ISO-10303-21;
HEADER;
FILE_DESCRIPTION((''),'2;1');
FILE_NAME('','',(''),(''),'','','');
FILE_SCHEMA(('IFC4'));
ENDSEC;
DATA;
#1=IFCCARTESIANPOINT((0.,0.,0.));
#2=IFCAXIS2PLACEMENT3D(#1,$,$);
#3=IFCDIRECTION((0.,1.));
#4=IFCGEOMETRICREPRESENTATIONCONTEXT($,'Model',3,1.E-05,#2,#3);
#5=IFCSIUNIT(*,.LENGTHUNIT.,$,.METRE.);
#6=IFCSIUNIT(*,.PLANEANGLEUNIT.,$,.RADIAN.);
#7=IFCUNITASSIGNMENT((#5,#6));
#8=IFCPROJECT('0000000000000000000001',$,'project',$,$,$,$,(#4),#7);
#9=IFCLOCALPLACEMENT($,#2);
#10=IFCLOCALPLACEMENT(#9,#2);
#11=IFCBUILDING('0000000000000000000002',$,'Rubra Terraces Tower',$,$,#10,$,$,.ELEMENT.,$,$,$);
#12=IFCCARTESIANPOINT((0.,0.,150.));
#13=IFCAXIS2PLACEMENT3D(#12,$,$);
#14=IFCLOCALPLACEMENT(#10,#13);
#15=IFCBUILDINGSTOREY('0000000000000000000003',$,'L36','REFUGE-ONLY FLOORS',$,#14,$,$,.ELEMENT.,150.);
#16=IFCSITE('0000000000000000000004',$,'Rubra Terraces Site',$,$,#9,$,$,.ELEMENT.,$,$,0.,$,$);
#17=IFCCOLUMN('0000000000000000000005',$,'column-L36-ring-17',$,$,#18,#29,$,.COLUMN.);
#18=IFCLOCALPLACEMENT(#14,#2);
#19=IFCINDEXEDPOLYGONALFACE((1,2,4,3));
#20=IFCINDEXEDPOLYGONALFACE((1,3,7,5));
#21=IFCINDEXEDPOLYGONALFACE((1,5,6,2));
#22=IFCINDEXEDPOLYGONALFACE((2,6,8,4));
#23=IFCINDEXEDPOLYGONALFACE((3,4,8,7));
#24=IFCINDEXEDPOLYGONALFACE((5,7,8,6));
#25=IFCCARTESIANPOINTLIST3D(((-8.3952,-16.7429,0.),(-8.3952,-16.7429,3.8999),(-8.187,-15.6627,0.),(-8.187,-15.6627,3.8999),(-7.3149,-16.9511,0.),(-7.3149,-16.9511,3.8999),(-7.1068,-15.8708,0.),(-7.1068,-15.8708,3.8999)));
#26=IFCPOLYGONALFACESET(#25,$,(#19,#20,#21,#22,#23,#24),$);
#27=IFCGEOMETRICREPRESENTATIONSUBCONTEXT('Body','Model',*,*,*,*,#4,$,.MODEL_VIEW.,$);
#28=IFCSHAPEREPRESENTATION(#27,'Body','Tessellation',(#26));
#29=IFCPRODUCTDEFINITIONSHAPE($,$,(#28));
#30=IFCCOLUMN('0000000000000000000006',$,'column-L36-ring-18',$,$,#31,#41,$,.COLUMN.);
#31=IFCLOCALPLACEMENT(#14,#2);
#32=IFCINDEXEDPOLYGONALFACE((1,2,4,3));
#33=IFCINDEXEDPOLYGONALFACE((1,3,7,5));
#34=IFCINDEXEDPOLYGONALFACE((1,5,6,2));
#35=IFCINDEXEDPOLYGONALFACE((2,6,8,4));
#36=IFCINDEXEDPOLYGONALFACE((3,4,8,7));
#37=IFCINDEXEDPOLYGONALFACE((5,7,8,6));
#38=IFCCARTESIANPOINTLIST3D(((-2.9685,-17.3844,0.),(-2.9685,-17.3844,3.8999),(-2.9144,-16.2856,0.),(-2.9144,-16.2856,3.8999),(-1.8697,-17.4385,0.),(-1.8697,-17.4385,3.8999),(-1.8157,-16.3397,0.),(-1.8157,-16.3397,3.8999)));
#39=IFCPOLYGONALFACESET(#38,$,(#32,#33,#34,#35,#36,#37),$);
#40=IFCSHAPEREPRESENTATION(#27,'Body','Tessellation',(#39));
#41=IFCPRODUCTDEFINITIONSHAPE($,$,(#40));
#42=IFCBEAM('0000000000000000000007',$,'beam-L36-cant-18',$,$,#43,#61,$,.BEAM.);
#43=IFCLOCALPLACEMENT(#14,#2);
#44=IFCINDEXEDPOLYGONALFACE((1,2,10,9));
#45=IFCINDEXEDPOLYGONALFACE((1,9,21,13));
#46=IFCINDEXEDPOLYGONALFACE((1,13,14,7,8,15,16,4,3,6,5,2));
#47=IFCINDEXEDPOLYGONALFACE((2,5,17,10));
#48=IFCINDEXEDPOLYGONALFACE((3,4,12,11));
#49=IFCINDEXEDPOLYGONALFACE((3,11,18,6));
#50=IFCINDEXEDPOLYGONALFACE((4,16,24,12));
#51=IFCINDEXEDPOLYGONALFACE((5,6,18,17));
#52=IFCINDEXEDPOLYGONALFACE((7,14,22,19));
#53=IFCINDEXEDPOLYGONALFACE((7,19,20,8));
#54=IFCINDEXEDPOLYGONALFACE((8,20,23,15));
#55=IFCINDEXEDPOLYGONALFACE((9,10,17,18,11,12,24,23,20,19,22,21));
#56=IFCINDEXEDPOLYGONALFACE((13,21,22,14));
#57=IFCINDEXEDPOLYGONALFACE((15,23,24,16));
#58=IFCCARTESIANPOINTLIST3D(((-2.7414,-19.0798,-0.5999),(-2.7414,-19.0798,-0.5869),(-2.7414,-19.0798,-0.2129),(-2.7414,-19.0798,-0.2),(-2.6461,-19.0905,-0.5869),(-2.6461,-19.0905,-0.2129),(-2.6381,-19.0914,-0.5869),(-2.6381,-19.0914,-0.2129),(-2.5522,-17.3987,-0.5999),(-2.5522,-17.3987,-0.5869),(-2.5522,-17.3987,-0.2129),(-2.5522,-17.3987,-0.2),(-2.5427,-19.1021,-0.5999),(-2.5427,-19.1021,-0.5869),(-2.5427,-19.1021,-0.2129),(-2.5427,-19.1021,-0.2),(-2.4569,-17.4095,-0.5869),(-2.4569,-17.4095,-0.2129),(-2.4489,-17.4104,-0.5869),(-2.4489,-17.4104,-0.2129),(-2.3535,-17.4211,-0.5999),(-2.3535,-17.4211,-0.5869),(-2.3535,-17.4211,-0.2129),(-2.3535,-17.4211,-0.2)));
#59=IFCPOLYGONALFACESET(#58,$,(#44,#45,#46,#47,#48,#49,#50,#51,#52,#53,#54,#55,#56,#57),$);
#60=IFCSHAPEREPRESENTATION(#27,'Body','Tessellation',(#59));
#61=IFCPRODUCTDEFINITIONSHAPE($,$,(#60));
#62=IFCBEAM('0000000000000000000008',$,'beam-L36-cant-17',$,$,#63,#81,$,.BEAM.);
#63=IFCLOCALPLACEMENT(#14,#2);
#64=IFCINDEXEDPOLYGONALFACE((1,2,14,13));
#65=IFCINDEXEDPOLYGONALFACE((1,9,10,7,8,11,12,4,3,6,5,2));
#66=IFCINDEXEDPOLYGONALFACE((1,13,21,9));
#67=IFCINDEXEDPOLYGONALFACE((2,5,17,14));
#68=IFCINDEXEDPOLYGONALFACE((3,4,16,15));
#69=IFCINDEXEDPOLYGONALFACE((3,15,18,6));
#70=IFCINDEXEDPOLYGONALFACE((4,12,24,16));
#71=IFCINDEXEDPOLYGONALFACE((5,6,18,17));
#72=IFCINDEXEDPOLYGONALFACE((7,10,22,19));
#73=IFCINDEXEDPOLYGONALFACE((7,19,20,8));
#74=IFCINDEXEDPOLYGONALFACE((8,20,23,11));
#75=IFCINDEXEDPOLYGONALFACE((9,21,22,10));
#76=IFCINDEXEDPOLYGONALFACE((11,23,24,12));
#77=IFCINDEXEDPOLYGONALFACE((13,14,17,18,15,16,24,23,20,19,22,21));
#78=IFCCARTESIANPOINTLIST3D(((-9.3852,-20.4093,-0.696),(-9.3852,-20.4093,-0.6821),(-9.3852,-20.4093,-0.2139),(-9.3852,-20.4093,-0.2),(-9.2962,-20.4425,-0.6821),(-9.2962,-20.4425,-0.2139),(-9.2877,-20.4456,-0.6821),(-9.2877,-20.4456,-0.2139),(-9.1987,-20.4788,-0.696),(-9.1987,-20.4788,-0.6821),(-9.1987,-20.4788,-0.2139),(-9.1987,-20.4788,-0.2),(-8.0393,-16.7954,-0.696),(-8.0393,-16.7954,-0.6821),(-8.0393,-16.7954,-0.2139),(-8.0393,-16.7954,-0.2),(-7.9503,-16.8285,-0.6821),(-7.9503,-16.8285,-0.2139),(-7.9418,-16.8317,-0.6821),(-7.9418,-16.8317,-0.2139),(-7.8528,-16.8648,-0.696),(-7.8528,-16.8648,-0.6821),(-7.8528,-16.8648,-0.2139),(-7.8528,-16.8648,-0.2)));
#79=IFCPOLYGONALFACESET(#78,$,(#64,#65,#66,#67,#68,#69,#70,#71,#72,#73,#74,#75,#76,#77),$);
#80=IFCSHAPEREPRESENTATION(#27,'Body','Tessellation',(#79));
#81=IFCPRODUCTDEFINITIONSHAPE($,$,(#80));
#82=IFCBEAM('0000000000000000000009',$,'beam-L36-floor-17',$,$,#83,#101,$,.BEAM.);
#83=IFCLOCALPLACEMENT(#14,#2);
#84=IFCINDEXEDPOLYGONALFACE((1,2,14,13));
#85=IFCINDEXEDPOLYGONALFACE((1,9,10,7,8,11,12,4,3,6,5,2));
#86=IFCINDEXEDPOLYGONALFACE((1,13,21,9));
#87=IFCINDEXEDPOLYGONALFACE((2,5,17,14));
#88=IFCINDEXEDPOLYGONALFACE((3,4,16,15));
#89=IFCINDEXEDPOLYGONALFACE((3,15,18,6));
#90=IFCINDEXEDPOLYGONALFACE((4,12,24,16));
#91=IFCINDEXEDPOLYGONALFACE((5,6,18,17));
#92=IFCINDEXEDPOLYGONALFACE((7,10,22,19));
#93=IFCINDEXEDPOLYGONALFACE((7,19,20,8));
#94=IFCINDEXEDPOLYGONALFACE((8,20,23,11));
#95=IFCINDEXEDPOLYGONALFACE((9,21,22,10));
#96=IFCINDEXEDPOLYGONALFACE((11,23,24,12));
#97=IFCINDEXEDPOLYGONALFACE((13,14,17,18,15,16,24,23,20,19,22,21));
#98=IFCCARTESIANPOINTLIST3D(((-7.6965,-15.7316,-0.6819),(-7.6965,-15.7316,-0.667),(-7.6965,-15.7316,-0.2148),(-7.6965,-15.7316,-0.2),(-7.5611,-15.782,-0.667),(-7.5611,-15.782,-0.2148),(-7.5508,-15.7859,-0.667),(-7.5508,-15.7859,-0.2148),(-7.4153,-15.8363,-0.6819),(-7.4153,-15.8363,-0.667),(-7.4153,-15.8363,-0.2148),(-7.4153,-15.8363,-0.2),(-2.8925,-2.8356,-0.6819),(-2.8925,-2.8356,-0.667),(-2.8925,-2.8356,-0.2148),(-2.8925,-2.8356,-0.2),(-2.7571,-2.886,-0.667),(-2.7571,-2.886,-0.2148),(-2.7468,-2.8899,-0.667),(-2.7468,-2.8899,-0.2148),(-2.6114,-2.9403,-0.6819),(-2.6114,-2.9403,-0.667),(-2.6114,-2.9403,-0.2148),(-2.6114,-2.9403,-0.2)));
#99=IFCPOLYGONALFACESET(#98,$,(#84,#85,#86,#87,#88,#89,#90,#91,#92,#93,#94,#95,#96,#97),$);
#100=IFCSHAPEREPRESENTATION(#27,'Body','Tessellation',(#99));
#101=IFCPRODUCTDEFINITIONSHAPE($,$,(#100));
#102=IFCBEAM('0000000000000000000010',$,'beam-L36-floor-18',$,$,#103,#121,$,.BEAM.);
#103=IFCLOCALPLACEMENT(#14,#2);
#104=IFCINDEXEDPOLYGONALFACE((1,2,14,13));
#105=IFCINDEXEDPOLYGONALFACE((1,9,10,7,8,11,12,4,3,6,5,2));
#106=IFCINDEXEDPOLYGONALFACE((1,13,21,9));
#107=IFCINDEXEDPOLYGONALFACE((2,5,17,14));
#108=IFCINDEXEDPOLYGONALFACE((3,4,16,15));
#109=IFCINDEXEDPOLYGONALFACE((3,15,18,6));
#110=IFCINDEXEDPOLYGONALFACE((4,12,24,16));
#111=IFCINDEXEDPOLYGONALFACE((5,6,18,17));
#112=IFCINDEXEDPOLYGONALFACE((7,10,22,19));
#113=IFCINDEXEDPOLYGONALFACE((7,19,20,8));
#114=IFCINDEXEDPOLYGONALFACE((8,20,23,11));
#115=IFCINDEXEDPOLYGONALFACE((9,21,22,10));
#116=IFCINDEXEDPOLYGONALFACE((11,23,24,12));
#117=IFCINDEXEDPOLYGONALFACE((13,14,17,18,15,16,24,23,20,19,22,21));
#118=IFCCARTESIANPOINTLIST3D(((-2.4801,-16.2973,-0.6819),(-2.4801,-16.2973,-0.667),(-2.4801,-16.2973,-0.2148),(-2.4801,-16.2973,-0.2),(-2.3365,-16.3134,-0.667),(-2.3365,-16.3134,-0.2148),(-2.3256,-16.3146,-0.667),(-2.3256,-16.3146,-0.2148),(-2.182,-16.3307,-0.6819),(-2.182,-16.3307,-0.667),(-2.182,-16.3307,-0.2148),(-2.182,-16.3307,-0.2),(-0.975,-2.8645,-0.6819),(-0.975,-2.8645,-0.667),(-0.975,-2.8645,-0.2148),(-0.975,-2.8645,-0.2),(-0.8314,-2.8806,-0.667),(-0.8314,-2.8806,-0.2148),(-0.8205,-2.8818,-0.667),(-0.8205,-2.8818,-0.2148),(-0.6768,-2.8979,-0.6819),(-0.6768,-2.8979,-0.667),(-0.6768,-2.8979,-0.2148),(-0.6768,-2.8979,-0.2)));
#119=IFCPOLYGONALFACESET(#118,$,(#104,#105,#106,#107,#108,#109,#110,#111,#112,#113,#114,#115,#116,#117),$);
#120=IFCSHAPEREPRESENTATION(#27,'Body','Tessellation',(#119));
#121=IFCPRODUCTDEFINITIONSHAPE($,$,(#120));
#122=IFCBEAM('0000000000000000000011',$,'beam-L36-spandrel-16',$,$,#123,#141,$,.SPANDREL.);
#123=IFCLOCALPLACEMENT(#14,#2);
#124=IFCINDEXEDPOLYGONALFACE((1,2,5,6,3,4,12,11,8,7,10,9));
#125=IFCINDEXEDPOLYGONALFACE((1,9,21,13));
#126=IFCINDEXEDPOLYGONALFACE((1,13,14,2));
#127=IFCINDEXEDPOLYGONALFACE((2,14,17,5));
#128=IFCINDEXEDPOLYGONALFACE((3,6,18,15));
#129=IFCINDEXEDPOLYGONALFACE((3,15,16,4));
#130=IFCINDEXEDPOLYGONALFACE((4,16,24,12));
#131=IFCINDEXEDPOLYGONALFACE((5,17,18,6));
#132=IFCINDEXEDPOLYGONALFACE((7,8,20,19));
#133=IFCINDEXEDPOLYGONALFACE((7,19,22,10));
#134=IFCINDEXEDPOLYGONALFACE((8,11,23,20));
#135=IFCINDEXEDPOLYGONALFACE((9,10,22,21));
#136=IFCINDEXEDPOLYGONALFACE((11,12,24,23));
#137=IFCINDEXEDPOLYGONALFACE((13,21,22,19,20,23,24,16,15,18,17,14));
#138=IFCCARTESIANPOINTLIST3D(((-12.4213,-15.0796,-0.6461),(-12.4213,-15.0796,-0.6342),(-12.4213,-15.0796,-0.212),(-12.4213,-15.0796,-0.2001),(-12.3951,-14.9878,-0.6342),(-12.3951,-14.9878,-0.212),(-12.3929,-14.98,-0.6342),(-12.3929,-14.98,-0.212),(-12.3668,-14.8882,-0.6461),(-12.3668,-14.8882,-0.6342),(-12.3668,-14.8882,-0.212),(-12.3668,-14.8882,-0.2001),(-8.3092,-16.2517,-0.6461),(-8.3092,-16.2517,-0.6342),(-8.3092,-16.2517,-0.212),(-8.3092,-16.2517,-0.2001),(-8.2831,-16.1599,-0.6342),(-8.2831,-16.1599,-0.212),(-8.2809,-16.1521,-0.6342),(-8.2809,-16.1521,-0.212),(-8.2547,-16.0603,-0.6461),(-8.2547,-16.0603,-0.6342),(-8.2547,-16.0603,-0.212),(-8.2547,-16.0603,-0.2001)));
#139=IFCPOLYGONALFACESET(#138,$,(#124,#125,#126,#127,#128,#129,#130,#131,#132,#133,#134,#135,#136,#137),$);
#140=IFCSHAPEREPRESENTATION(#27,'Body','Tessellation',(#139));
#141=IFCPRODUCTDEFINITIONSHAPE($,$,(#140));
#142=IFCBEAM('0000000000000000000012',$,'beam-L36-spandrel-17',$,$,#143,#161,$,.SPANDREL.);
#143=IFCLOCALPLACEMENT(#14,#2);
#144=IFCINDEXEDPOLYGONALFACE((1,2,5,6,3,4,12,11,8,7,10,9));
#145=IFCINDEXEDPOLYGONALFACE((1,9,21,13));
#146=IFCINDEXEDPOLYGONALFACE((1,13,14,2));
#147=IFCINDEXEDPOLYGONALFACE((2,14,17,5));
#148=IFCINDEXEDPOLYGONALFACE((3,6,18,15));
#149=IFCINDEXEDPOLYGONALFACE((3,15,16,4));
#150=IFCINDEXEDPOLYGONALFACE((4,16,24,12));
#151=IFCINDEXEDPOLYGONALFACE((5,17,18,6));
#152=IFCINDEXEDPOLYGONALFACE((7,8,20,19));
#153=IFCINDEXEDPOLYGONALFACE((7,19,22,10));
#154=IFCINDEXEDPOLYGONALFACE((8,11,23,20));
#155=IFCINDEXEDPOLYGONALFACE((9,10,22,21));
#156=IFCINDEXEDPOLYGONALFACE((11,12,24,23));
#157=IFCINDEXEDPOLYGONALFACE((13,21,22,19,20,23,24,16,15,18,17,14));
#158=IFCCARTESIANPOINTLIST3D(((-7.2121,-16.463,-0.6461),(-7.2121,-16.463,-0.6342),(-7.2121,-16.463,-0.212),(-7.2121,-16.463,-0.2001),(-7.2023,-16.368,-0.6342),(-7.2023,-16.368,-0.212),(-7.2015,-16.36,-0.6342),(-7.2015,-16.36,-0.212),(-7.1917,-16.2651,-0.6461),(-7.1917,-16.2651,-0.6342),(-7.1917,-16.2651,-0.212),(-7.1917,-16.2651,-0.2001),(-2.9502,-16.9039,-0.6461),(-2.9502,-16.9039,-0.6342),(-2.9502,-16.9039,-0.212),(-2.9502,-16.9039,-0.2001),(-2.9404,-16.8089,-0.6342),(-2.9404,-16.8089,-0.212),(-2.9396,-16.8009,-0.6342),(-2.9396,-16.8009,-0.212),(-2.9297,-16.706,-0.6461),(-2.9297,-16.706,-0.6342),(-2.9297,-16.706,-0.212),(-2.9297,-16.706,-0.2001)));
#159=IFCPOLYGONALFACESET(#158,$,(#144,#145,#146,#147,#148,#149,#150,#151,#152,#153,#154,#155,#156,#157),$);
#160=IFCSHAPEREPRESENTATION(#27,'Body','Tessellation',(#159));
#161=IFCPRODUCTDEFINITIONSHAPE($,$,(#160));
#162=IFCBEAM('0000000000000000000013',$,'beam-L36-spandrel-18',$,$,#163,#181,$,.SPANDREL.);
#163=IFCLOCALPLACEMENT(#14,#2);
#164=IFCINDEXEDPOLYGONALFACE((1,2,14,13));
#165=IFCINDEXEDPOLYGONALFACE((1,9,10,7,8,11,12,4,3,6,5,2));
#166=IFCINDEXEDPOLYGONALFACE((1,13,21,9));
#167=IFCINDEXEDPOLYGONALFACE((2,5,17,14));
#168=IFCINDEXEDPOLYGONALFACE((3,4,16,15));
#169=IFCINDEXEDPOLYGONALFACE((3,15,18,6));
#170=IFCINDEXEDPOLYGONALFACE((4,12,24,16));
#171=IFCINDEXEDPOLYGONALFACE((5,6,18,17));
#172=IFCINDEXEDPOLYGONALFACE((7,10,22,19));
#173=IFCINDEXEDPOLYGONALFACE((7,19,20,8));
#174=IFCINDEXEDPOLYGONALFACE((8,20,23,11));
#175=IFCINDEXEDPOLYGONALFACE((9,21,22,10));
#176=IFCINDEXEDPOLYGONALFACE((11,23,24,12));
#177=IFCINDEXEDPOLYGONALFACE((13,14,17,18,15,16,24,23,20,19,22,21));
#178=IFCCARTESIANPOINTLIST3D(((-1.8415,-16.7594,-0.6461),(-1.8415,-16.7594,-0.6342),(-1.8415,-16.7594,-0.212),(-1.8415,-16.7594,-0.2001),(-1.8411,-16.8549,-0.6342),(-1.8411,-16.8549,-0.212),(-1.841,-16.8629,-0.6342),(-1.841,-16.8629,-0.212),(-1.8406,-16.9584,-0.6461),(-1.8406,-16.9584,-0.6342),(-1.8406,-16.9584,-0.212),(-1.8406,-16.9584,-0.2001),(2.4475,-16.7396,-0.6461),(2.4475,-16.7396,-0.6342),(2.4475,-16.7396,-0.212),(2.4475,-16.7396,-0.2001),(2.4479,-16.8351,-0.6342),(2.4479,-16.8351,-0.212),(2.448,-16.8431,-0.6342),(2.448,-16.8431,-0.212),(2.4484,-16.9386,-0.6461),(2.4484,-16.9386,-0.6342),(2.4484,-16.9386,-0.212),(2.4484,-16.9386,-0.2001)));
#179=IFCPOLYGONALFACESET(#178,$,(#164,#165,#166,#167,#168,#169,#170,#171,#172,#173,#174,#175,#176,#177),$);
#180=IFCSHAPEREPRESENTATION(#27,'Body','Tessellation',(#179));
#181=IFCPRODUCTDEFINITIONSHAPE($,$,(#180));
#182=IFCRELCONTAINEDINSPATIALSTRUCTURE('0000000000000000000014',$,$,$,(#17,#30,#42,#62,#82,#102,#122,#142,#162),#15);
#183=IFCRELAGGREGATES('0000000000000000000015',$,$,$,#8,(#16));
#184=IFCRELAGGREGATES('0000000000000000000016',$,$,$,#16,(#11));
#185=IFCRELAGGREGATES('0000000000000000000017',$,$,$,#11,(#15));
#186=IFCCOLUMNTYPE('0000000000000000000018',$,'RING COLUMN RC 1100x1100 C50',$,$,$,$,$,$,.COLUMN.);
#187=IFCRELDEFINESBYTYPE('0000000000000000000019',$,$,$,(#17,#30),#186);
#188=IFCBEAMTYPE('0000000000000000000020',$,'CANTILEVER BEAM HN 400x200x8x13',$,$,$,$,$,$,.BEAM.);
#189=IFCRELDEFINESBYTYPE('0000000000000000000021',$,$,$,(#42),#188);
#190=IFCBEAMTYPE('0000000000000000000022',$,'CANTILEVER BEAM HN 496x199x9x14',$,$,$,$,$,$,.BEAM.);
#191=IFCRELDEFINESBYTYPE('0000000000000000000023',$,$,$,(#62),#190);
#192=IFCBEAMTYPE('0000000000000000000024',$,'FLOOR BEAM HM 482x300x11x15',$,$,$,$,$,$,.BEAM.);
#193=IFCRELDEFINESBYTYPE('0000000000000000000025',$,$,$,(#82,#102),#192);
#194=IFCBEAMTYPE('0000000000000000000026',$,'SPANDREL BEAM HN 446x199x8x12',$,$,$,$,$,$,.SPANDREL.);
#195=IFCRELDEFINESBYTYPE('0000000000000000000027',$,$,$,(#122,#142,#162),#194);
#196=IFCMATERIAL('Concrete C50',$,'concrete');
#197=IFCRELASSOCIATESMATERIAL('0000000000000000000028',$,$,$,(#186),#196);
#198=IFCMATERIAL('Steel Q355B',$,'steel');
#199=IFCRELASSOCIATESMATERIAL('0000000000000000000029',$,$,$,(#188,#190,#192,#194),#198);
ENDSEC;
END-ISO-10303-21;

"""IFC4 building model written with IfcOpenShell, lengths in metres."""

from ifc_helpers import new_model, si_unit, direction, frame, origin, origin_2d, place, context, subcontext, project, spatial, rectangle, i_section, extrude, material, material_profile, profile_set, type_object, element, save


model = new_model("IFC4")

# Units and contexts
model_context = context("Model", 3, precision=1e-05, world=origin(), true_north=direction((0.0, 1.0)))
body_context = subcontext(model_context, "Body", "Model", "MODEL_VIEW")
ifc_project = project(units=[si_unit("LENGTHUNIT", "METRE"), si_unit("PLANEANGLEUNIT", "RADIAN")], contexts=[model_context])

# Site, building, storey
site_placement = place(None, origin())
site = spatial("IfcSite", under=ifc_project, at=site_placement, Name="Rubra Terraces Site", CompositionType="ELEMENT", RefElevation=0.0)
building_placement = place(site_placement, origin())
building = spatial("IfcBuilding", under=site, at=building_placement, Name="Rubra Terraces Tower", CompositionType="ELEMENT")
storey_placement = place(building_placement, frame((0.0, 0.0, 150.0)))
storey = spatial("IfcBuildingStorey", under=building, at=storey_placement, Name="L36", Description="REFUGE-ONLY FLOORS", CompositionType="ELEMENT", Elevation=150.0)

# Columns
ifc_material_1 = material(Name="Concrete C50", Category="concrete")
ifc_material_profile_1 = material_profile(ifc_material_1, rectangle(XDim=1.1001, YDim=1.1001, at=origin_2d()), Name="RC 1100x1100")
ifc_profile_set_1 = profile_set([ifc_material_profile_1], Name="Concrete C50")
column_type = type_object("IfcColumnType", Name="RING COLUMN RC 1100x1100 C50", PredefinedType="COLUMN", material=ifc_profile_set_1)
for number, where, z_axis, x_axis, name in (
    (1, (-7.751, -16.3069, 0.0), (0.0, 0.0, 1.0), (0.981937, -0.18921, 0.0), "column-L36-ring-17"),
    (2, (-2.3921, -16.8621, 0.0), (0.0, 0.0, 1.0), (0.998791, -0.04915, 0.0), "column-L36-ring-18"),
):
    element("IfcColumn", number, at=place(storey_placement, frame(where, z_axis=z_axis, x_axis=x_axis)), inside=storey, type_object=column_type, Name=name, PredefinedType="COLUMN", context=body_context, shape_type="SweptSolid", body=[
        extrude(rectangle(XDim=1.1001, YDim=1.1001, at=origin_2d()), origin(), (0.0, 0.0, 1.0), 3.8999),
    ])

# Beams
ifc_material_2 = material(Name="Steel Q355B", Category="steel")
ifc_material_profile_2 = material_profile(ifc_material_2, i_section(OverallWidth=0.2, OverallDepth=0.3999, WebThickness=0.0081, FlangeThickness=0.0129, at=origin_2d()), Name="HN 400x200x8x13")
ifc_profile_set_2 = profile_set([ifc_material_profile_2], Name="Steel Q355B")
beam_type_1 = type_object("IfcBeamType", Name="CANTILEVER BEAM HN 400x200x8x13", PredefinedType="BEAM", material=ifc_profile_set_2)
beam_1_placement = place(storey_placement, frame((-2.4529, -17.4099, -0.3999), z_axis=(-0.111841, -0.993726, 0.0), x_axis=(0.993726, -0.111841, 0.0)))
element("IfcBeam", 3, at=beam_1_placement, inside=storey, type_object=beam_type_1, Name="beam-L36-cant-18", PredefinedType="BEAM", context=body_context, shape_type="SweptSolid", body=[
    extrude(i_section(OverallWidth=0.2, OverallDepth=0.3999, WebThickness=0.0081, FlangeThickness=0.0129, at=origin_2d()), origin(), (0.0, 0.0, 1.0), 1.6917),
])
ifc_material_profile_3 = material_profile(ifc_material_2, i_section(OverallWidth=0.199, OverallDepth=0.4961, WebThickness=0.009, FlangeThickness=0.0139, at=origin_2d()), Name="HN 496x199x9x14")
ifc_profile_set_3 = profile_set([ifc_material_profile_3], Name="Steel Q355B")
beam_type_2 = type_object("IfcBeamType", Name="CANTILEVER BEAM HN 496x199x9x14", PredefinedType="BEAM", material=ifc_profile_set_3)
beam_2_placement = place(storey_placement, frame((-7.946, -16.8301, -0.448), z_axis=(-0.349007, -0.93712, 0.0), x_axis=(0.93712, -0.349007, 0.0)))
element("IfcBeam", 4, at=beam_2_placement, inside=storey, type_object=beam_type_2, Name="beam-L36-cant-17", PredefinedType="BEAM", context=body_context, shape_type="SweptSolid", body=[
    extrude(i_section(OverallWidth=0.199, OverallDepth=0.4961, WebThickness=0.009, FlangeThickness=0.0139, at=origin_2d()), origin(), (0.0, 0.0, 1.0), 3.8564),
])
ifc_material_profile_4 = material_profile(ifc_material_2, i_section(OverallWidth=0.3, OverallDepth=0.4819, WebThickness=0.011, FlangeThickness=0.0149, at=origin_2d()), Name="HM 482x300x11x15")
ifc_profile_set_4 = profile_set([ifc_material_profile_4], Name="Steel Q355B")
beam_type_3 = type_object("IfcBeamType", Name="FLOOR BEAM HM 482x300x11x15", PredefinedType="BEAM", material=ifc_profile_set_4)
beam_3_placement = place(storey_placement, frame((-7.5559, -15.7839, -0.4409), z_axis=(0.349081, 0.937092, 0.0), x_axis=(-0.937092, 0.349081, 0.0)))
element("IfcBeam", 5, at=beam_3_placement, inside=storey, type_object=beam_type_3, Name="beam-L36-floor-17", PredefinedType="BEAM", context=body_context, shape_type="SweptSolid", body=[
    extrude(i_section(OverallWidth=0.3, OverallDepth=0.4819, WebThickness=0.011, FlangeThickness=0.0149, at=origin_2d()), origin(), (0.0, 0.0, 1.0), 13.7617),
])
beam_4_placement = place(storey_placement, frame((-2.3311, -16.314, -0.4409), z_axis=(0.111351, 0.993781, 0.0), x_axis=(-0.993781, 0.111351, 0.0)))
element("IfcBeam", 6, at=beam_4_placement, inside=storey, type_object=beam_type_3, Name="beam-L36-floor-18", PredefinedType="BEAM", context=body_context, shape_type="SweptSolid", body=[
    extrude(i_section(OverallWidth=0.3, OverallDepth=0.4819, WebThickness=0.011, FlangeThickness=0.0149, at=origin_2d()), origin(), (0.0, 0.0, 1.0), 13.5168),
])
ifc_material_profile_5 = material_profile(ifc_material_2, i_section(OverallWidth=0.199, OverallDepth=0.446, WebThickness=0.0081, FlangeThickness=0.012, at=origin_2d()), Name="HN 446x199x8x12")
ifc_profile_set_5 = profile_set([ifc_material_profile_5], Name="Steel Q355B")
beam_type_4 = type_object("IfcBeamType", Name="SPANDREL BEAM HN 446x199x8x12", PredefinedType="SPANDREL", material=ifc_profile_set_5)
beam_5_placement = place(storey_placement, frame((-12.394, -14.9839, -0.4231), z_axis=(0.961694, -0.274125, 0.0), x_axis=(0.274125, 0.961694, 0.0)))
element("IfcBeam", 7, at=beam_5_placement, inside=storey, type_object=beam_type_4, Name="beam-L36-spandrel-16", PredefinedType="SPANDREL", context=body_context, shape_type="SweptSolid", body=[
    extrude(i_section(OverallWidth=0.199, OverallDepth=0.446, WebThickness=0.0081, FlangeThickness=0.012, at=origin_2d()), origin(), (0.0, 0.0, 1.0), 4.2759),
])
beam_6_placement = place(storey_placement, frame((-7.2019, -16.364, -0.4231), z_axis=(0.994691, -0.102905, 0.0), x_axis=(0.102905, 0.994691, 0.0)))
element("IfcBeam", 8, at=beam_6_placement, inside=storey, type_object=beam_type_4, Name="beam-L36-spandrel-17", PredefinedType="SPANDREL", context=body_context, shape_type="SweptSolid", body=[
    extrude(i_section(OverallWidth=0.199, OverallDepth=0.446, WebThickness=0.0081, FlangeThickness=0.012, at=origin_2d()), origin(), (0.0, 0.0, 1.0), 4.2847),
])
beam_7_placement = place(storey_placement, frame((-1.8411, -16.8589, -0.4231), z_axis=(0.999989, 0.004611, 0.0), x_axis=(-0.004611, 0.999989, 0.0)))
element("IfcBeam", 9, at=beam_7_placement, inside=storey, type_object=beam_type_4, Name="beam-L36-spandrel-18", PredefinedType="SPANDREL", context=body_context, shape_type="SweptSolid", body=[
    extrude(i_section(OverallWidth=0.199, OverallDepth=0.446, WebThickness=0.0081, FlangeThickness=0.012, at=origin_2d()), origin(), (0.0, 0.0, 1.0), 4.2891),
])

save(model, "model.ifc")
